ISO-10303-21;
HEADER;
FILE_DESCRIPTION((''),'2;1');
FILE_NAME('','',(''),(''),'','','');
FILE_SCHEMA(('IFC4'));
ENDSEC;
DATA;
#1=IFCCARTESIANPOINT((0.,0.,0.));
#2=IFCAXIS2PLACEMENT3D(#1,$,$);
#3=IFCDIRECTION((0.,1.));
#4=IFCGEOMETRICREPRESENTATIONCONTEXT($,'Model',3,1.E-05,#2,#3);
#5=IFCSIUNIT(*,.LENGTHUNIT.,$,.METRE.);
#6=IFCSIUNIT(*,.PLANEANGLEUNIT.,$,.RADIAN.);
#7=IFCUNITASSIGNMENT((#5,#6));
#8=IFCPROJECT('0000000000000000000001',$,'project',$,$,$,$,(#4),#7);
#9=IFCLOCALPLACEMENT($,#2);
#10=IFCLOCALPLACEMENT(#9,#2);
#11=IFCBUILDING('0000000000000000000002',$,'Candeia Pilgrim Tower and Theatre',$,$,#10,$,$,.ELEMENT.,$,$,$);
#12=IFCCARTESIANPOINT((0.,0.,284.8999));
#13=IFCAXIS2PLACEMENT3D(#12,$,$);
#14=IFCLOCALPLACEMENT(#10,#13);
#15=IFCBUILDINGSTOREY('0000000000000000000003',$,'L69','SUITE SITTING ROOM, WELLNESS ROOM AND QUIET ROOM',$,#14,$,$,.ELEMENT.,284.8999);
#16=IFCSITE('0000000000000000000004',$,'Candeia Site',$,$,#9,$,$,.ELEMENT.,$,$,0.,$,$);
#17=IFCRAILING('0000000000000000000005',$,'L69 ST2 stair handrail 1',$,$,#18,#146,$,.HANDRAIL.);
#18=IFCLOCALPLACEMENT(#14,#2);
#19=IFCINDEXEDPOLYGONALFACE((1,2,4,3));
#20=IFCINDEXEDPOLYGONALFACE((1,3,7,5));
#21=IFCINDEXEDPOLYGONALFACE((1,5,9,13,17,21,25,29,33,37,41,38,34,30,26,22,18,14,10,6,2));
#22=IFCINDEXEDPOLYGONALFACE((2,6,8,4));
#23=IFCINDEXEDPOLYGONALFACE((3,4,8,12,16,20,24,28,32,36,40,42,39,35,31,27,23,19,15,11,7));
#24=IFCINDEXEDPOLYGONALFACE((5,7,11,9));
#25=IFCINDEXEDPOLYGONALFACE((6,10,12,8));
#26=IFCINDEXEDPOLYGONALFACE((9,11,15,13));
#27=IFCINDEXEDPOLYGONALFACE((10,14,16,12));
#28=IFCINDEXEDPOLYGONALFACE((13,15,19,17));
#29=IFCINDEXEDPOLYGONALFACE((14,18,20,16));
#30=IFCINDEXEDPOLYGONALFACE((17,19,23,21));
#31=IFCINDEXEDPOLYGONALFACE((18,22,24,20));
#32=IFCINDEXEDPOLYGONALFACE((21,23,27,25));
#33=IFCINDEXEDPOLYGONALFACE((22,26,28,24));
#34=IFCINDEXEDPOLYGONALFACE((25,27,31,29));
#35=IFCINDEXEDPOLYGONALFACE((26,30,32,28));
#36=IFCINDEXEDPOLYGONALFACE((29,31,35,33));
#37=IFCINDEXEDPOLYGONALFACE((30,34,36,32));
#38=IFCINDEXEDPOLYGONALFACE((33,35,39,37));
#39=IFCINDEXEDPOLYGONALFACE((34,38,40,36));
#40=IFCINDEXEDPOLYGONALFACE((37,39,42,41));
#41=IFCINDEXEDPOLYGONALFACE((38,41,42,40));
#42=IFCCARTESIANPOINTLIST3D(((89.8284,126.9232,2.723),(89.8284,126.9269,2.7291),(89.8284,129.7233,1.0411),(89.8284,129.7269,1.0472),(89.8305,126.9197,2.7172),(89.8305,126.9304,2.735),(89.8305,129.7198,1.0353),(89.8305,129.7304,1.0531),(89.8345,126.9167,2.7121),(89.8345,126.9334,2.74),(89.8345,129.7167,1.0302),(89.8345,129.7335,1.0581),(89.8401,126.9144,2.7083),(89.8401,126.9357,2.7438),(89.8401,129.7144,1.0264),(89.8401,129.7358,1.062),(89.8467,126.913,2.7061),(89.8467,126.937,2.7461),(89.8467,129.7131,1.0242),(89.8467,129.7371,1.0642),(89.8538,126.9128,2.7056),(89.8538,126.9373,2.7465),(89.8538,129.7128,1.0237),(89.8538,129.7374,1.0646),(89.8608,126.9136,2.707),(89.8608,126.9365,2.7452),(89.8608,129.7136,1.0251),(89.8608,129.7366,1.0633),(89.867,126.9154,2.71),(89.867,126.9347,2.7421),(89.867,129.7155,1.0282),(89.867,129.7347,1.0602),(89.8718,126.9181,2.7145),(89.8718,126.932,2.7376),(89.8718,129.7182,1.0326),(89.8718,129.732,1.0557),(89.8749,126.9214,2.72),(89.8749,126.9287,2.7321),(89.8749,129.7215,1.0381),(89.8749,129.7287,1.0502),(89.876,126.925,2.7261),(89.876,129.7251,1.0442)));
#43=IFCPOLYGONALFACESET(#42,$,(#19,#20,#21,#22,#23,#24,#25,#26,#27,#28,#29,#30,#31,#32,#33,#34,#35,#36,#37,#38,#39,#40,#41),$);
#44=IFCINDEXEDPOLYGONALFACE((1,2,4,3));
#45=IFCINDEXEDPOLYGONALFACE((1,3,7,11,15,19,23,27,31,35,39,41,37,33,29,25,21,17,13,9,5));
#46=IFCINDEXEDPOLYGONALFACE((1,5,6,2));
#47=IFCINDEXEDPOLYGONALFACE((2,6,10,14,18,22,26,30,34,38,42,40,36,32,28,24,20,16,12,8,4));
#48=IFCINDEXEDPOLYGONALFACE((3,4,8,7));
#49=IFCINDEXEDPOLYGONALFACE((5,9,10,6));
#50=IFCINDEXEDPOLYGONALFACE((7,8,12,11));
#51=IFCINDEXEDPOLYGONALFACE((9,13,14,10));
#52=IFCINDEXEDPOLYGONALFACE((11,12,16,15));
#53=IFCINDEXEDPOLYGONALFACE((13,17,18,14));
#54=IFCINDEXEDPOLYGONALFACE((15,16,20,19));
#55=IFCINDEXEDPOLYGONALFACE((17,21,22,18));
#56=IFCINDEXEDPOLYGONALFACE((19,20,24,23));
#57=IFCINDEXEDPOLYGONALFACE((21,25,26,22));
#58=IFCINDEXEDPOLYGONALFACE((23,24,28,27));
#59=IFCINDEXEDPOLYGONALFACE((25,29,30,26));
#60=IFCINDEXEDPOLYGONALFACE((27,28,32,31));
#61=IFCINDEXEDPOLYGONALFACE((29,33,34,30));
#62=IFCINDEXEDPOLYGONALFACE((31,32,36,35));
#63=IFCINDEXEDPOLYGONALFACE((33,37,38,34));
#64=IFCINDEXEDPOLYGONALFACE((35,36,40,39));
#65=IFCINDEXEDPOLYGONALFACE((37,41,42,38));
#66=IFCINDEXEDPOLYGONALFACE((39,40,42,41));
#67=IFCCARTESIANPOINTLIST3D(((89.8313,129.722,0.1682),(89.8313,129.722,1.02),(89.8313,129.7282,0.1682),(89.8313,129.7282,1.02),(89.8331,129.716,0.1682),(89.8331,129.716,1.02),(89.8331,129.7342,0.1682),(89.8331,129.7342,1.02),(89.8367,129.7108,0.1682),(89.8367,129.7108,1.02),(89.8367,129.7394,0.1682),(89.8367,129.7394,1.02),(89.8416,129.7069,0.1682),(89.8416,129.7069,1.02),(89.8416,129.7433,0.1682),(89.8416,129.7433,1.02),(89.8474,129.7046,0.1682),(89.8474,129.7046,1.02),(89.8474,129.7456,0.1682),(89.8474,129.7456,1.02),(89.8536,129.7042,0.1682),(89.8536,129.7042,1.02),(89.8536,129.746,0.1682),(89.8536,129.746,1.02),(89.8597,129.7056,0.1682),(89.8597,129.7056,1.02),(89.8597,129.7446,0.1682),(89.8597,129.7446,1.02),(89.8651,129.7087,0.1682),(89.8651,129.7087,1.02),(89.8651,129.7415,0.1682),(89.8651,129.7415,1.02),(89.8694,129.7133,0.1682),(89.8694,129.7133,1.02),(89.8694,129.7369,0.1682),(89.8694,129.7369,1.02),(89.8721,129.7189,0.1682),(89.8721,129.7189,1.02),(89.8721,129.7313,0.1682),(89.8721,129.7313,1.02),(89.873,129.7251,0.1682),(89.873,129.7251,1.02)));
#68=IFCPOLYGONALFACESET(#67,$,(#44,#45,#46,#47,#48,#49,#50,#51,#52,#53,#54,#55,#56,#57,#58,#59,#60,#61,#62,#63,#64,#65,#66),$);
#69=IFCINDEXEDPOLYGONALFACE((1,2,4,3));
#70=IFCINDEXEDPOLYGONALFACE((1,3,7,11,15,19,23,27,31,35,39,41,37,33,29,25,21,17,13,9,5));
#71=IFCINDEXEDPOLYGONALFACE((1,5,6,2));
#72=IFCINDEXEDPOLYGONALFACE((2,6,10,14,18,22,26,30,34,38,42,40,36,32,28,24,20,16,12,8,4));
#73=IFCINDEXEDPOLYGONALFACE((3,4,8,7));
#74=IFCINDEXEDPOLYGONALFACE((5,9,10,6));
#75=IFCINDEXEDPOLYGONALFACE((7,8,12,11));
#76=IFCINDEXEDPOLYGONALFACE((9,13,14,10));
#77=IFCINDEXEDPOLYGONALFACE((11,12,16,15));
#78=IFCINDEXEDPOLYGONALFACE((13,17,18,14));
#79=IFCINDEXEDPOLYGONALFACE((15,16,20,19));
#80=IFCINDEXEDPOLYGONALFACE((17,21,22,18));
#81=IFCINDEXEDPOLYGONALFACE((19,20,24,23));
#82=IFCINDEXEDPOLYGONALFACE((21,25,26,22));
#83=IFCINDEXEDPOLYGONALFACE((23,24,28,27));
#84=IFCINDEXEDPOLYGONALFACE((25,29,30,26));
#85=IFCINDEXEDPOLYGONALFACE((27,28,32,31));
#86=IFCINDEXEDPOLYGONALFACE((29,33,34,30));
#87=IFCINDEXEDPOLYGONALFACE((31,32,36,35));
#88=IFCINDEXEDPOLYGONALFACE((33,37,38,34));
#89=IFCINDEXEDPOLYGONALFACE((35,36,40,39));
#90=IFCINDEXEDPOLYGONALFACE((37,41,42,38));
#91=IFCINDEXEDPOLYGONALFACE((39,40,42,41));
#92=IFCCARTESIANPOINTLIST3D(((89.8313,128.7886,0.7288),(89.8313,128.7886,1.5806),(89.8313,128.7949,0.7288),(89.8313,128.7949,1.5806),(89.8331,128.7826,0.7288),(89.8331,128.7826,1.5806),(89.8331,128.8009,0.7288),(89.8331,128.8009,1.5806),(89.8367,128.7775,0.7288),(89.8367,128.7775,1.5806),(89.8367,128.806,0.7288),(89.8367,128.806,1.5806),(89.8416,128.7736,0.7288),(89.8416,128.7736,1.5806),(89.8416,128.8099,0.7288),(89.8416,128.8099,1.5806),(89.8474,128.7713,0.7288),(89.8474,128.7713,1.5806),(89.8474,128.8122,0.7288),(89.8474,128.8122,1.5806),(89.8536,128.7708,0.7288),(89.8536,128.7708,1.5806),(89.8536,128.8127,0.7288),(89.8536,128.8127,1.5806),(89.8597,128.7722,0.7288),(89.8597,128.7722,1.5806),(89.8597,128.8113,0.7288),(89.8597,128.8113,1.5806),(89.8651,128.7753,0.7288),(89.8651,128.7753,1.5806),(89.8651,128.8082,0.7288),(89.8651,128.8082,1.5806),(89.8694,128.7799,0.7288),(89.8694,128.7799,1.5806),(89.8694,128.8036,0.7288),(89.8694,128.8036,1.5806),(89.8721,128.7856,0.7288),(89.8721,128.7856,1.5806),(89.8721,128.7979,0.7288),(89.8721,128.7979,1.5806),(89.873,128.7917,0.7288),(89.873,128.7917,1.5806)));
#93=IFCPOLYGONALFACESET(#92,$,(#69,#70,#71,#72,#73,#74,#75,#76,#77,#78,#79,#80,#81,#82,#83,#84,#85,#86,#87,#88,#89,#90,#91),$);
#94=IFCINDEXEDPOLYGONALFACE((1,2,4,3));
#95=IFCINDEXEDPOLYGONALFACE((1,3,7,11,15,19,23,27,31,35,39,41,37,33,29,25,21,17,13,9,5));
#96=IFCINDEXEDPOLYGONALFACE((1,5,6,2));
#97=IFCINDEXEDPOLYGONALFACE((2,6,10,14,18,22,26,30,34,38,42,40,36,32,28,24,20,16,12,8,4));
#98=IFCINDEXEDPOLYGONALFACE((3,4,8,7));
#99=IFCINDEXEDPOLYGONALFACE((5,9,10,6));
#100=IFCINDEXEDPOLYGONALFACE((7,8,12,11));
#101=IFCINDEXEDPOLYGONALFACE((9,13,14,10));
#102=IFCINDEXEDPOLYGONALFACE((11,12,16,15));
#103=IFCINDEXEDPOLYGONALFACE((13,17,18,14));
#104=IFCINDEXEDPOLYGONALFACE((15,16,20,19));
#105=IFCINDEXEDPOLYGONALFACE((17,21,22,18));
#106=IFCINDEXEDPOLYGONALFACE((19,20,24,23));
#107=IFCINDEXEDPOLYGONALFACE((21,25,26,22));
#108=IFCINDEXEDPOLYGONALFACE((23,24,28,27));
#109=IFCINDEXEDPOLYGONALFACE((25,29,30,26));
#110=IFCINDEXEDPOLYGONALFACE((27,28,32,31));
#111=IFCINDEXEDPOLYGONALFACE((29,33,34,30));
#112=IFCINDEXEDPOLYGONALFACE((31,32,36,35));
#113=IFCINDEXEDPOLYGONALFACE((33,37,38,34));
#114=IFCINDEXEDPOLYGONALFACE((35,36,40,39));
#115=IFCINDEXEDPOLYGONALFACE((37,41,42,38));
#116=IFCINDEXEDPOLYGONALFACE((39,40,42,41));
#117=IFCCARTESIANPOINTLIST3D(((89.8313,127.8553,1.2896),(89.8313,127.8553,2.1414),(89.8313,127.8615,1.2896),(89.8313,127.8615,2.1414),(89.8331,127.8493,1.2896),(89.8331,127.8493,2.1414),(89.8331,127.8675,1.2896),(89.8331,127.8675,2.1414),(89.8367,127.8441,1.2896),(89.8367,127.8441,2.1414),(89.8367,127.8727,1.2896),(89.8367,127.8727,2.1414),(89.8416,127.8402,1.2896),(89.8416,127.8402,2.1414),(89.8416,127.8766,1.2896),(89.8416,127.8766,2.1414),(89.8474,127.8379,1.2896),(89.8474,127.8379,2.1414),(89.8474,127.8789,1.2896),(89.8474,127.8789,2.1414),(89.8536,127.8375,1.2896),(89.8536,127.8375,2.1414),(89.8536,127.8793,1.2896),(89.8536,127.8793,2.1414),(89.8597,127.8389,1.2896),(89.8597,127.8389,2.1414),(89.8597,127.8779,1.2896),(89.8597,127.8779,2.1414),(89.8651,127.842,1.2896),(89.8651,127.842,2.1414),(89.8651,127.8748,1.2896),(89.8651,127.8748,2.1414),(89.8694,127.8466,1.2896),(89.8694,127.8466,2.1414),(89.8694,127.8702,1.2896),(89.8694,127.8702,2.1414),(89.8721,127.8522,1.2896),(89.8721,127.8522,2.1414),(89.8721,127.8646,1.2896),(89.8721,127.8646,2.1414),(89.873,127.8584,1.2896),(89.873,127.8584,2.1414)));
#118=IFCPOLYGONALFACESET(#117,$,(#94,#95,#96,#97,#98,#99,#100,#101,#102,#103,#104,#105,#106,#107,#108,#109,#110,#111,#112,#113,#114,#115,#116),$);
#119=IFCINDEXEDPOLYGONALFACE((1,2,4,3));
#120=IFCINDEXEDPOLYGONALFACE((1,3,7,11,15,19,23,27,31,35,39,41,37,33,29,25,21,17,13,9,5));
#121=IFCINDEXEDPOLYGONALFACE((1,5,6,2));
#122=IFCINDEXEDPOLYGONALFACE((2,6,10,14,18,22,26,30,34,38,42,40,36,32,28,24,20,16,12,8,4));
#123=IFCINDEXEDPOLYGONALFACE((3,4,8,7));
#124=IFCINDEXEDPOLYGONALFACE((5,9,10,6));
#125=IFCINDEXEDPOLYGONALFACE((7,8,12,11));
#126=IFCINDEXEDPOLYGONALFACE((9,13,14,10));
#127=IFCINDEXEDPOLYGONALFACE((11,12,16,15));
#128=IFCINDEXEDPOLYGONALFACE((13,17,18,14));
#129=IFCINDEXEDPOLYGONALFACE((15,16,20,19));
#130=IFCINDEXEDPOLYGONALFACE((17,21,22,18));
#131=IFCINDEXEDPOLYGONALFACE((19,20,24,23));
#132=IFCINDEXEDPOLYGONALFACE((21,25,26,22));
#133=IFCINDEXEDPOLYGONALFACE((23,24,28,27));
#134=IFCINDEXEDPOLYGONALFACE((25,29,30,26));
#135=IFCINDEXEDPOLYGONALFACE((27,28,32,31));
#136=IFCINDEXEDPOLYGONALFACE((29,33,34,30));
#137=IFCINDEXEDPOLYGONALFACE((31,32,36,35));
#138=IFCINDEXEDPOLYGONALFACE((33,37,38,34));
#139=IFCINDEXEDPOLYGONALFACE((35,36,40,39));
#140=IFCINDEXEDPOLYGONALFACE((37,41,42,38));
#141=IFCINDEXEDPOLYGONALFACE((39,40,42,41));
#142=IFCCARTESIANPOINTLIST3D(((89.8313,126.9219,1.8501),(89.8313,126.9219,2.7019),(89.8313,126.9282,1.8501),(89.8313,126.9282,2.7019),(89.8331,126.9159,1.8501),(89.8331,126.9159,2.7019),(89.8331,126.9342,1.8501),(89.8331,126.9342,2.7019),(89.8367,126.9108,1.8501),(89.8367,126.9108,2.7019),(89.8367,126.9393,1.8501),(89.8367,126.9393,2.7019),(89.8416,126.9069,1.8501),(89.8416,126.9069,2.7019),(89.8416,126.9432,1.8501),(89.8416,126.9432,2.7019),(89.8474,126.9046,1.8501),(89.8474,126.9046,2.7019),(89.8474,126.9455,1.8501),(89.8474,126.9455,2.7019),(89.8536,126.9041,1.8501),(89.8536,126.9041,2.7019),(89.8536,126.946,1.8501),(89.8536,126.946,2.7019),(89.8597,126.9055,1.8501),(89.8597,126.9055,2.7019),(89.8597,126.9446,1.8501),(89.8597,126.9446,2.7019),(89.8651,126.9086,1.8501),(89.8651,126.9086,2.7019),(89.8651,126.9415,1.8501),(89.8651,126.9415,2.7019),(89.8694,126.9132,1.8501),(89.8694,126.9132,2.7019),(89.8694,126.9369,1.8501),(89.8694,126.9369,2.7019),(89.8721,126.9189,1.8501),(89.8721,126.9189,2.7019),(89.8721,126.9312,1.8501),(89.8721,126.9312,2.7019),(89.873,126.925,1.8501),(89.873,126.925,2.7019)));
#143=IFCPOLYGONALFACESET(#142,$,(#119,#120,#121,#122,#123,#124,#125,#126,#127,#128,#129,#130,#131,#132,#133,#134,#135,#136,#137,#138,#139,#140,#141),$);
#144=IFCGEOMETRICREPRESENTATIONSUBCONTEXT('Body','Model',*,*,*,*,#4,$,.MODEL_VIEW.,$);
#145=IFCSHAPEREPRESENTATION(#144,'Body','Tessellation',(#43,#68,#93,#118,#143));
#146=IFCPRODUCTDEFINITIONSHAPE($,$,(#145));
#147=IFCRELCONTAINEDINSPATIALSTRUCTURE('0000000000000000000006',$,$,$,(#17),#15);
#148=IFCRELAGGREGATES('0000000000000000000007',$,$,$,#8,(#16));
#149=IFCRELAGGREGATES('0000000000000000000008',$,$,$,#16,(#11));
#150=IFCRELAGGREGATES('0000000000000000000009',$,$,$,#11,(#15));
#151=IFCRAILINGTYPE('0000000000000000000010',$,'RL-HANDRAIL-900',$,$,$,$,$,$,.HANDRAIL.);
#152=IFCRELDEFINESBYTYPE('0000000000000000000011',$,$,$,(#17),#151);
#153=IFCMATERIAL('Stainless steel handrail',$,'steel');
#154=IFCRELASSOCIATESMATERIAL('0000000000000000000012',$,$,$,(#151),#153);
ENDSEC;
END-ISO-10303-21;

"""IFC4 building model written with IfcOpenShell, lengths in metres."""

from ifc_helpers import new_model, si_unit, direction, frame, origin, origin_2d, place, context, subcontext, project, spatial, circle, extrude, material, type_object, element, save


model = new_model("IFC4")

# Units and contexts
model_context = context("Model", 3, precision=1e-05, world=origin(), true_north=direction((0.0, 1.0)))
body_context = subcontext(model_context, "Body", "Model", "MODEL_VIEW")
ifc_project = project(units=[si_unit("LENGTHUNIT", "METRE"), si_unit("PLANEANGLEUNIT", "RADIAN")], contexts=[model_context])

# Site, building, storey
site_placement = place(None, origin())
site = spatial("IfcSite", under=ifc_project, at=site_placement, Name="Candeia Site", CompositionType="ELEMENT", RefElevation=0.0)
building_placement = place(site_placement, origin())
building = spatial("IfcBuilding", under=site, at=building_placement, Name="Candeia Pilgrim Tower and Theatre", CompositionType="ELEMENT")
storey_placement = place(building_placement, frame((0.0, 0.0, 284.8999)))
storey = spatial("IfcBuildingStorey", under=building, at=storey_placement, Name="L69", Description="SUITE SITTING ROOM, WELLNESS ROOM AND QUIET ROOM", CompositionType="ELEMENT", Elevation=284.8999)

# Railing
ifc_material_1 = material(Name="Stainless steel handrail", Category="steel")
railing_type_1 = type_object("IfcRailingType", Name="RL-HANDRAIL-900", PredefinedType="HANDRAIL", material=ifc_material_1)
railing_1_placement = place(storey_placement, frame((89.8521, 129.7251, 0.1682)))
element("IfcRailing", 1, at=railing_1_placement, inside=storey, type_object=railing_type_1, Name="L69 ST2 stair handrail 1", PredefinedType="HANDRAIL", context=body_context, shape_type="SweptSolid", body=[
    extrude(circle(Radius=0.0239, at=origin_2d()), frame((0.0, 0.0, 0.876), z_axis=(0.0, -0.857242, 0.514913), x_axis=(1.0, 0.0, 0.0)), (0.0, 0.0, 1.0), 3.2664),
    extrude(circle(Radius=0.021, at=origin_2d()), origin(), (0.0, 0.0, 1.0), 0.8518),
    extrude(circle(Radius=0.021, at=origin_2d()), frame((0.0, -0.9333, 0.5605)), (0.0, 0.0, 1.0), 0.8518),
    extrude(circle(Radius=0.021, at=origin_2d()), frame((0.0, -1.8667, 1.1213)), (0.0, 0.0, 1.0), 0.8518),
    extrude(circle(Radius=0.021, at=origin_2d()), frame((0.0, -2.8, 1.6819)), (0.0, 0.0, 1.0), 0.8518),
])

save(model, "model.ifc")
